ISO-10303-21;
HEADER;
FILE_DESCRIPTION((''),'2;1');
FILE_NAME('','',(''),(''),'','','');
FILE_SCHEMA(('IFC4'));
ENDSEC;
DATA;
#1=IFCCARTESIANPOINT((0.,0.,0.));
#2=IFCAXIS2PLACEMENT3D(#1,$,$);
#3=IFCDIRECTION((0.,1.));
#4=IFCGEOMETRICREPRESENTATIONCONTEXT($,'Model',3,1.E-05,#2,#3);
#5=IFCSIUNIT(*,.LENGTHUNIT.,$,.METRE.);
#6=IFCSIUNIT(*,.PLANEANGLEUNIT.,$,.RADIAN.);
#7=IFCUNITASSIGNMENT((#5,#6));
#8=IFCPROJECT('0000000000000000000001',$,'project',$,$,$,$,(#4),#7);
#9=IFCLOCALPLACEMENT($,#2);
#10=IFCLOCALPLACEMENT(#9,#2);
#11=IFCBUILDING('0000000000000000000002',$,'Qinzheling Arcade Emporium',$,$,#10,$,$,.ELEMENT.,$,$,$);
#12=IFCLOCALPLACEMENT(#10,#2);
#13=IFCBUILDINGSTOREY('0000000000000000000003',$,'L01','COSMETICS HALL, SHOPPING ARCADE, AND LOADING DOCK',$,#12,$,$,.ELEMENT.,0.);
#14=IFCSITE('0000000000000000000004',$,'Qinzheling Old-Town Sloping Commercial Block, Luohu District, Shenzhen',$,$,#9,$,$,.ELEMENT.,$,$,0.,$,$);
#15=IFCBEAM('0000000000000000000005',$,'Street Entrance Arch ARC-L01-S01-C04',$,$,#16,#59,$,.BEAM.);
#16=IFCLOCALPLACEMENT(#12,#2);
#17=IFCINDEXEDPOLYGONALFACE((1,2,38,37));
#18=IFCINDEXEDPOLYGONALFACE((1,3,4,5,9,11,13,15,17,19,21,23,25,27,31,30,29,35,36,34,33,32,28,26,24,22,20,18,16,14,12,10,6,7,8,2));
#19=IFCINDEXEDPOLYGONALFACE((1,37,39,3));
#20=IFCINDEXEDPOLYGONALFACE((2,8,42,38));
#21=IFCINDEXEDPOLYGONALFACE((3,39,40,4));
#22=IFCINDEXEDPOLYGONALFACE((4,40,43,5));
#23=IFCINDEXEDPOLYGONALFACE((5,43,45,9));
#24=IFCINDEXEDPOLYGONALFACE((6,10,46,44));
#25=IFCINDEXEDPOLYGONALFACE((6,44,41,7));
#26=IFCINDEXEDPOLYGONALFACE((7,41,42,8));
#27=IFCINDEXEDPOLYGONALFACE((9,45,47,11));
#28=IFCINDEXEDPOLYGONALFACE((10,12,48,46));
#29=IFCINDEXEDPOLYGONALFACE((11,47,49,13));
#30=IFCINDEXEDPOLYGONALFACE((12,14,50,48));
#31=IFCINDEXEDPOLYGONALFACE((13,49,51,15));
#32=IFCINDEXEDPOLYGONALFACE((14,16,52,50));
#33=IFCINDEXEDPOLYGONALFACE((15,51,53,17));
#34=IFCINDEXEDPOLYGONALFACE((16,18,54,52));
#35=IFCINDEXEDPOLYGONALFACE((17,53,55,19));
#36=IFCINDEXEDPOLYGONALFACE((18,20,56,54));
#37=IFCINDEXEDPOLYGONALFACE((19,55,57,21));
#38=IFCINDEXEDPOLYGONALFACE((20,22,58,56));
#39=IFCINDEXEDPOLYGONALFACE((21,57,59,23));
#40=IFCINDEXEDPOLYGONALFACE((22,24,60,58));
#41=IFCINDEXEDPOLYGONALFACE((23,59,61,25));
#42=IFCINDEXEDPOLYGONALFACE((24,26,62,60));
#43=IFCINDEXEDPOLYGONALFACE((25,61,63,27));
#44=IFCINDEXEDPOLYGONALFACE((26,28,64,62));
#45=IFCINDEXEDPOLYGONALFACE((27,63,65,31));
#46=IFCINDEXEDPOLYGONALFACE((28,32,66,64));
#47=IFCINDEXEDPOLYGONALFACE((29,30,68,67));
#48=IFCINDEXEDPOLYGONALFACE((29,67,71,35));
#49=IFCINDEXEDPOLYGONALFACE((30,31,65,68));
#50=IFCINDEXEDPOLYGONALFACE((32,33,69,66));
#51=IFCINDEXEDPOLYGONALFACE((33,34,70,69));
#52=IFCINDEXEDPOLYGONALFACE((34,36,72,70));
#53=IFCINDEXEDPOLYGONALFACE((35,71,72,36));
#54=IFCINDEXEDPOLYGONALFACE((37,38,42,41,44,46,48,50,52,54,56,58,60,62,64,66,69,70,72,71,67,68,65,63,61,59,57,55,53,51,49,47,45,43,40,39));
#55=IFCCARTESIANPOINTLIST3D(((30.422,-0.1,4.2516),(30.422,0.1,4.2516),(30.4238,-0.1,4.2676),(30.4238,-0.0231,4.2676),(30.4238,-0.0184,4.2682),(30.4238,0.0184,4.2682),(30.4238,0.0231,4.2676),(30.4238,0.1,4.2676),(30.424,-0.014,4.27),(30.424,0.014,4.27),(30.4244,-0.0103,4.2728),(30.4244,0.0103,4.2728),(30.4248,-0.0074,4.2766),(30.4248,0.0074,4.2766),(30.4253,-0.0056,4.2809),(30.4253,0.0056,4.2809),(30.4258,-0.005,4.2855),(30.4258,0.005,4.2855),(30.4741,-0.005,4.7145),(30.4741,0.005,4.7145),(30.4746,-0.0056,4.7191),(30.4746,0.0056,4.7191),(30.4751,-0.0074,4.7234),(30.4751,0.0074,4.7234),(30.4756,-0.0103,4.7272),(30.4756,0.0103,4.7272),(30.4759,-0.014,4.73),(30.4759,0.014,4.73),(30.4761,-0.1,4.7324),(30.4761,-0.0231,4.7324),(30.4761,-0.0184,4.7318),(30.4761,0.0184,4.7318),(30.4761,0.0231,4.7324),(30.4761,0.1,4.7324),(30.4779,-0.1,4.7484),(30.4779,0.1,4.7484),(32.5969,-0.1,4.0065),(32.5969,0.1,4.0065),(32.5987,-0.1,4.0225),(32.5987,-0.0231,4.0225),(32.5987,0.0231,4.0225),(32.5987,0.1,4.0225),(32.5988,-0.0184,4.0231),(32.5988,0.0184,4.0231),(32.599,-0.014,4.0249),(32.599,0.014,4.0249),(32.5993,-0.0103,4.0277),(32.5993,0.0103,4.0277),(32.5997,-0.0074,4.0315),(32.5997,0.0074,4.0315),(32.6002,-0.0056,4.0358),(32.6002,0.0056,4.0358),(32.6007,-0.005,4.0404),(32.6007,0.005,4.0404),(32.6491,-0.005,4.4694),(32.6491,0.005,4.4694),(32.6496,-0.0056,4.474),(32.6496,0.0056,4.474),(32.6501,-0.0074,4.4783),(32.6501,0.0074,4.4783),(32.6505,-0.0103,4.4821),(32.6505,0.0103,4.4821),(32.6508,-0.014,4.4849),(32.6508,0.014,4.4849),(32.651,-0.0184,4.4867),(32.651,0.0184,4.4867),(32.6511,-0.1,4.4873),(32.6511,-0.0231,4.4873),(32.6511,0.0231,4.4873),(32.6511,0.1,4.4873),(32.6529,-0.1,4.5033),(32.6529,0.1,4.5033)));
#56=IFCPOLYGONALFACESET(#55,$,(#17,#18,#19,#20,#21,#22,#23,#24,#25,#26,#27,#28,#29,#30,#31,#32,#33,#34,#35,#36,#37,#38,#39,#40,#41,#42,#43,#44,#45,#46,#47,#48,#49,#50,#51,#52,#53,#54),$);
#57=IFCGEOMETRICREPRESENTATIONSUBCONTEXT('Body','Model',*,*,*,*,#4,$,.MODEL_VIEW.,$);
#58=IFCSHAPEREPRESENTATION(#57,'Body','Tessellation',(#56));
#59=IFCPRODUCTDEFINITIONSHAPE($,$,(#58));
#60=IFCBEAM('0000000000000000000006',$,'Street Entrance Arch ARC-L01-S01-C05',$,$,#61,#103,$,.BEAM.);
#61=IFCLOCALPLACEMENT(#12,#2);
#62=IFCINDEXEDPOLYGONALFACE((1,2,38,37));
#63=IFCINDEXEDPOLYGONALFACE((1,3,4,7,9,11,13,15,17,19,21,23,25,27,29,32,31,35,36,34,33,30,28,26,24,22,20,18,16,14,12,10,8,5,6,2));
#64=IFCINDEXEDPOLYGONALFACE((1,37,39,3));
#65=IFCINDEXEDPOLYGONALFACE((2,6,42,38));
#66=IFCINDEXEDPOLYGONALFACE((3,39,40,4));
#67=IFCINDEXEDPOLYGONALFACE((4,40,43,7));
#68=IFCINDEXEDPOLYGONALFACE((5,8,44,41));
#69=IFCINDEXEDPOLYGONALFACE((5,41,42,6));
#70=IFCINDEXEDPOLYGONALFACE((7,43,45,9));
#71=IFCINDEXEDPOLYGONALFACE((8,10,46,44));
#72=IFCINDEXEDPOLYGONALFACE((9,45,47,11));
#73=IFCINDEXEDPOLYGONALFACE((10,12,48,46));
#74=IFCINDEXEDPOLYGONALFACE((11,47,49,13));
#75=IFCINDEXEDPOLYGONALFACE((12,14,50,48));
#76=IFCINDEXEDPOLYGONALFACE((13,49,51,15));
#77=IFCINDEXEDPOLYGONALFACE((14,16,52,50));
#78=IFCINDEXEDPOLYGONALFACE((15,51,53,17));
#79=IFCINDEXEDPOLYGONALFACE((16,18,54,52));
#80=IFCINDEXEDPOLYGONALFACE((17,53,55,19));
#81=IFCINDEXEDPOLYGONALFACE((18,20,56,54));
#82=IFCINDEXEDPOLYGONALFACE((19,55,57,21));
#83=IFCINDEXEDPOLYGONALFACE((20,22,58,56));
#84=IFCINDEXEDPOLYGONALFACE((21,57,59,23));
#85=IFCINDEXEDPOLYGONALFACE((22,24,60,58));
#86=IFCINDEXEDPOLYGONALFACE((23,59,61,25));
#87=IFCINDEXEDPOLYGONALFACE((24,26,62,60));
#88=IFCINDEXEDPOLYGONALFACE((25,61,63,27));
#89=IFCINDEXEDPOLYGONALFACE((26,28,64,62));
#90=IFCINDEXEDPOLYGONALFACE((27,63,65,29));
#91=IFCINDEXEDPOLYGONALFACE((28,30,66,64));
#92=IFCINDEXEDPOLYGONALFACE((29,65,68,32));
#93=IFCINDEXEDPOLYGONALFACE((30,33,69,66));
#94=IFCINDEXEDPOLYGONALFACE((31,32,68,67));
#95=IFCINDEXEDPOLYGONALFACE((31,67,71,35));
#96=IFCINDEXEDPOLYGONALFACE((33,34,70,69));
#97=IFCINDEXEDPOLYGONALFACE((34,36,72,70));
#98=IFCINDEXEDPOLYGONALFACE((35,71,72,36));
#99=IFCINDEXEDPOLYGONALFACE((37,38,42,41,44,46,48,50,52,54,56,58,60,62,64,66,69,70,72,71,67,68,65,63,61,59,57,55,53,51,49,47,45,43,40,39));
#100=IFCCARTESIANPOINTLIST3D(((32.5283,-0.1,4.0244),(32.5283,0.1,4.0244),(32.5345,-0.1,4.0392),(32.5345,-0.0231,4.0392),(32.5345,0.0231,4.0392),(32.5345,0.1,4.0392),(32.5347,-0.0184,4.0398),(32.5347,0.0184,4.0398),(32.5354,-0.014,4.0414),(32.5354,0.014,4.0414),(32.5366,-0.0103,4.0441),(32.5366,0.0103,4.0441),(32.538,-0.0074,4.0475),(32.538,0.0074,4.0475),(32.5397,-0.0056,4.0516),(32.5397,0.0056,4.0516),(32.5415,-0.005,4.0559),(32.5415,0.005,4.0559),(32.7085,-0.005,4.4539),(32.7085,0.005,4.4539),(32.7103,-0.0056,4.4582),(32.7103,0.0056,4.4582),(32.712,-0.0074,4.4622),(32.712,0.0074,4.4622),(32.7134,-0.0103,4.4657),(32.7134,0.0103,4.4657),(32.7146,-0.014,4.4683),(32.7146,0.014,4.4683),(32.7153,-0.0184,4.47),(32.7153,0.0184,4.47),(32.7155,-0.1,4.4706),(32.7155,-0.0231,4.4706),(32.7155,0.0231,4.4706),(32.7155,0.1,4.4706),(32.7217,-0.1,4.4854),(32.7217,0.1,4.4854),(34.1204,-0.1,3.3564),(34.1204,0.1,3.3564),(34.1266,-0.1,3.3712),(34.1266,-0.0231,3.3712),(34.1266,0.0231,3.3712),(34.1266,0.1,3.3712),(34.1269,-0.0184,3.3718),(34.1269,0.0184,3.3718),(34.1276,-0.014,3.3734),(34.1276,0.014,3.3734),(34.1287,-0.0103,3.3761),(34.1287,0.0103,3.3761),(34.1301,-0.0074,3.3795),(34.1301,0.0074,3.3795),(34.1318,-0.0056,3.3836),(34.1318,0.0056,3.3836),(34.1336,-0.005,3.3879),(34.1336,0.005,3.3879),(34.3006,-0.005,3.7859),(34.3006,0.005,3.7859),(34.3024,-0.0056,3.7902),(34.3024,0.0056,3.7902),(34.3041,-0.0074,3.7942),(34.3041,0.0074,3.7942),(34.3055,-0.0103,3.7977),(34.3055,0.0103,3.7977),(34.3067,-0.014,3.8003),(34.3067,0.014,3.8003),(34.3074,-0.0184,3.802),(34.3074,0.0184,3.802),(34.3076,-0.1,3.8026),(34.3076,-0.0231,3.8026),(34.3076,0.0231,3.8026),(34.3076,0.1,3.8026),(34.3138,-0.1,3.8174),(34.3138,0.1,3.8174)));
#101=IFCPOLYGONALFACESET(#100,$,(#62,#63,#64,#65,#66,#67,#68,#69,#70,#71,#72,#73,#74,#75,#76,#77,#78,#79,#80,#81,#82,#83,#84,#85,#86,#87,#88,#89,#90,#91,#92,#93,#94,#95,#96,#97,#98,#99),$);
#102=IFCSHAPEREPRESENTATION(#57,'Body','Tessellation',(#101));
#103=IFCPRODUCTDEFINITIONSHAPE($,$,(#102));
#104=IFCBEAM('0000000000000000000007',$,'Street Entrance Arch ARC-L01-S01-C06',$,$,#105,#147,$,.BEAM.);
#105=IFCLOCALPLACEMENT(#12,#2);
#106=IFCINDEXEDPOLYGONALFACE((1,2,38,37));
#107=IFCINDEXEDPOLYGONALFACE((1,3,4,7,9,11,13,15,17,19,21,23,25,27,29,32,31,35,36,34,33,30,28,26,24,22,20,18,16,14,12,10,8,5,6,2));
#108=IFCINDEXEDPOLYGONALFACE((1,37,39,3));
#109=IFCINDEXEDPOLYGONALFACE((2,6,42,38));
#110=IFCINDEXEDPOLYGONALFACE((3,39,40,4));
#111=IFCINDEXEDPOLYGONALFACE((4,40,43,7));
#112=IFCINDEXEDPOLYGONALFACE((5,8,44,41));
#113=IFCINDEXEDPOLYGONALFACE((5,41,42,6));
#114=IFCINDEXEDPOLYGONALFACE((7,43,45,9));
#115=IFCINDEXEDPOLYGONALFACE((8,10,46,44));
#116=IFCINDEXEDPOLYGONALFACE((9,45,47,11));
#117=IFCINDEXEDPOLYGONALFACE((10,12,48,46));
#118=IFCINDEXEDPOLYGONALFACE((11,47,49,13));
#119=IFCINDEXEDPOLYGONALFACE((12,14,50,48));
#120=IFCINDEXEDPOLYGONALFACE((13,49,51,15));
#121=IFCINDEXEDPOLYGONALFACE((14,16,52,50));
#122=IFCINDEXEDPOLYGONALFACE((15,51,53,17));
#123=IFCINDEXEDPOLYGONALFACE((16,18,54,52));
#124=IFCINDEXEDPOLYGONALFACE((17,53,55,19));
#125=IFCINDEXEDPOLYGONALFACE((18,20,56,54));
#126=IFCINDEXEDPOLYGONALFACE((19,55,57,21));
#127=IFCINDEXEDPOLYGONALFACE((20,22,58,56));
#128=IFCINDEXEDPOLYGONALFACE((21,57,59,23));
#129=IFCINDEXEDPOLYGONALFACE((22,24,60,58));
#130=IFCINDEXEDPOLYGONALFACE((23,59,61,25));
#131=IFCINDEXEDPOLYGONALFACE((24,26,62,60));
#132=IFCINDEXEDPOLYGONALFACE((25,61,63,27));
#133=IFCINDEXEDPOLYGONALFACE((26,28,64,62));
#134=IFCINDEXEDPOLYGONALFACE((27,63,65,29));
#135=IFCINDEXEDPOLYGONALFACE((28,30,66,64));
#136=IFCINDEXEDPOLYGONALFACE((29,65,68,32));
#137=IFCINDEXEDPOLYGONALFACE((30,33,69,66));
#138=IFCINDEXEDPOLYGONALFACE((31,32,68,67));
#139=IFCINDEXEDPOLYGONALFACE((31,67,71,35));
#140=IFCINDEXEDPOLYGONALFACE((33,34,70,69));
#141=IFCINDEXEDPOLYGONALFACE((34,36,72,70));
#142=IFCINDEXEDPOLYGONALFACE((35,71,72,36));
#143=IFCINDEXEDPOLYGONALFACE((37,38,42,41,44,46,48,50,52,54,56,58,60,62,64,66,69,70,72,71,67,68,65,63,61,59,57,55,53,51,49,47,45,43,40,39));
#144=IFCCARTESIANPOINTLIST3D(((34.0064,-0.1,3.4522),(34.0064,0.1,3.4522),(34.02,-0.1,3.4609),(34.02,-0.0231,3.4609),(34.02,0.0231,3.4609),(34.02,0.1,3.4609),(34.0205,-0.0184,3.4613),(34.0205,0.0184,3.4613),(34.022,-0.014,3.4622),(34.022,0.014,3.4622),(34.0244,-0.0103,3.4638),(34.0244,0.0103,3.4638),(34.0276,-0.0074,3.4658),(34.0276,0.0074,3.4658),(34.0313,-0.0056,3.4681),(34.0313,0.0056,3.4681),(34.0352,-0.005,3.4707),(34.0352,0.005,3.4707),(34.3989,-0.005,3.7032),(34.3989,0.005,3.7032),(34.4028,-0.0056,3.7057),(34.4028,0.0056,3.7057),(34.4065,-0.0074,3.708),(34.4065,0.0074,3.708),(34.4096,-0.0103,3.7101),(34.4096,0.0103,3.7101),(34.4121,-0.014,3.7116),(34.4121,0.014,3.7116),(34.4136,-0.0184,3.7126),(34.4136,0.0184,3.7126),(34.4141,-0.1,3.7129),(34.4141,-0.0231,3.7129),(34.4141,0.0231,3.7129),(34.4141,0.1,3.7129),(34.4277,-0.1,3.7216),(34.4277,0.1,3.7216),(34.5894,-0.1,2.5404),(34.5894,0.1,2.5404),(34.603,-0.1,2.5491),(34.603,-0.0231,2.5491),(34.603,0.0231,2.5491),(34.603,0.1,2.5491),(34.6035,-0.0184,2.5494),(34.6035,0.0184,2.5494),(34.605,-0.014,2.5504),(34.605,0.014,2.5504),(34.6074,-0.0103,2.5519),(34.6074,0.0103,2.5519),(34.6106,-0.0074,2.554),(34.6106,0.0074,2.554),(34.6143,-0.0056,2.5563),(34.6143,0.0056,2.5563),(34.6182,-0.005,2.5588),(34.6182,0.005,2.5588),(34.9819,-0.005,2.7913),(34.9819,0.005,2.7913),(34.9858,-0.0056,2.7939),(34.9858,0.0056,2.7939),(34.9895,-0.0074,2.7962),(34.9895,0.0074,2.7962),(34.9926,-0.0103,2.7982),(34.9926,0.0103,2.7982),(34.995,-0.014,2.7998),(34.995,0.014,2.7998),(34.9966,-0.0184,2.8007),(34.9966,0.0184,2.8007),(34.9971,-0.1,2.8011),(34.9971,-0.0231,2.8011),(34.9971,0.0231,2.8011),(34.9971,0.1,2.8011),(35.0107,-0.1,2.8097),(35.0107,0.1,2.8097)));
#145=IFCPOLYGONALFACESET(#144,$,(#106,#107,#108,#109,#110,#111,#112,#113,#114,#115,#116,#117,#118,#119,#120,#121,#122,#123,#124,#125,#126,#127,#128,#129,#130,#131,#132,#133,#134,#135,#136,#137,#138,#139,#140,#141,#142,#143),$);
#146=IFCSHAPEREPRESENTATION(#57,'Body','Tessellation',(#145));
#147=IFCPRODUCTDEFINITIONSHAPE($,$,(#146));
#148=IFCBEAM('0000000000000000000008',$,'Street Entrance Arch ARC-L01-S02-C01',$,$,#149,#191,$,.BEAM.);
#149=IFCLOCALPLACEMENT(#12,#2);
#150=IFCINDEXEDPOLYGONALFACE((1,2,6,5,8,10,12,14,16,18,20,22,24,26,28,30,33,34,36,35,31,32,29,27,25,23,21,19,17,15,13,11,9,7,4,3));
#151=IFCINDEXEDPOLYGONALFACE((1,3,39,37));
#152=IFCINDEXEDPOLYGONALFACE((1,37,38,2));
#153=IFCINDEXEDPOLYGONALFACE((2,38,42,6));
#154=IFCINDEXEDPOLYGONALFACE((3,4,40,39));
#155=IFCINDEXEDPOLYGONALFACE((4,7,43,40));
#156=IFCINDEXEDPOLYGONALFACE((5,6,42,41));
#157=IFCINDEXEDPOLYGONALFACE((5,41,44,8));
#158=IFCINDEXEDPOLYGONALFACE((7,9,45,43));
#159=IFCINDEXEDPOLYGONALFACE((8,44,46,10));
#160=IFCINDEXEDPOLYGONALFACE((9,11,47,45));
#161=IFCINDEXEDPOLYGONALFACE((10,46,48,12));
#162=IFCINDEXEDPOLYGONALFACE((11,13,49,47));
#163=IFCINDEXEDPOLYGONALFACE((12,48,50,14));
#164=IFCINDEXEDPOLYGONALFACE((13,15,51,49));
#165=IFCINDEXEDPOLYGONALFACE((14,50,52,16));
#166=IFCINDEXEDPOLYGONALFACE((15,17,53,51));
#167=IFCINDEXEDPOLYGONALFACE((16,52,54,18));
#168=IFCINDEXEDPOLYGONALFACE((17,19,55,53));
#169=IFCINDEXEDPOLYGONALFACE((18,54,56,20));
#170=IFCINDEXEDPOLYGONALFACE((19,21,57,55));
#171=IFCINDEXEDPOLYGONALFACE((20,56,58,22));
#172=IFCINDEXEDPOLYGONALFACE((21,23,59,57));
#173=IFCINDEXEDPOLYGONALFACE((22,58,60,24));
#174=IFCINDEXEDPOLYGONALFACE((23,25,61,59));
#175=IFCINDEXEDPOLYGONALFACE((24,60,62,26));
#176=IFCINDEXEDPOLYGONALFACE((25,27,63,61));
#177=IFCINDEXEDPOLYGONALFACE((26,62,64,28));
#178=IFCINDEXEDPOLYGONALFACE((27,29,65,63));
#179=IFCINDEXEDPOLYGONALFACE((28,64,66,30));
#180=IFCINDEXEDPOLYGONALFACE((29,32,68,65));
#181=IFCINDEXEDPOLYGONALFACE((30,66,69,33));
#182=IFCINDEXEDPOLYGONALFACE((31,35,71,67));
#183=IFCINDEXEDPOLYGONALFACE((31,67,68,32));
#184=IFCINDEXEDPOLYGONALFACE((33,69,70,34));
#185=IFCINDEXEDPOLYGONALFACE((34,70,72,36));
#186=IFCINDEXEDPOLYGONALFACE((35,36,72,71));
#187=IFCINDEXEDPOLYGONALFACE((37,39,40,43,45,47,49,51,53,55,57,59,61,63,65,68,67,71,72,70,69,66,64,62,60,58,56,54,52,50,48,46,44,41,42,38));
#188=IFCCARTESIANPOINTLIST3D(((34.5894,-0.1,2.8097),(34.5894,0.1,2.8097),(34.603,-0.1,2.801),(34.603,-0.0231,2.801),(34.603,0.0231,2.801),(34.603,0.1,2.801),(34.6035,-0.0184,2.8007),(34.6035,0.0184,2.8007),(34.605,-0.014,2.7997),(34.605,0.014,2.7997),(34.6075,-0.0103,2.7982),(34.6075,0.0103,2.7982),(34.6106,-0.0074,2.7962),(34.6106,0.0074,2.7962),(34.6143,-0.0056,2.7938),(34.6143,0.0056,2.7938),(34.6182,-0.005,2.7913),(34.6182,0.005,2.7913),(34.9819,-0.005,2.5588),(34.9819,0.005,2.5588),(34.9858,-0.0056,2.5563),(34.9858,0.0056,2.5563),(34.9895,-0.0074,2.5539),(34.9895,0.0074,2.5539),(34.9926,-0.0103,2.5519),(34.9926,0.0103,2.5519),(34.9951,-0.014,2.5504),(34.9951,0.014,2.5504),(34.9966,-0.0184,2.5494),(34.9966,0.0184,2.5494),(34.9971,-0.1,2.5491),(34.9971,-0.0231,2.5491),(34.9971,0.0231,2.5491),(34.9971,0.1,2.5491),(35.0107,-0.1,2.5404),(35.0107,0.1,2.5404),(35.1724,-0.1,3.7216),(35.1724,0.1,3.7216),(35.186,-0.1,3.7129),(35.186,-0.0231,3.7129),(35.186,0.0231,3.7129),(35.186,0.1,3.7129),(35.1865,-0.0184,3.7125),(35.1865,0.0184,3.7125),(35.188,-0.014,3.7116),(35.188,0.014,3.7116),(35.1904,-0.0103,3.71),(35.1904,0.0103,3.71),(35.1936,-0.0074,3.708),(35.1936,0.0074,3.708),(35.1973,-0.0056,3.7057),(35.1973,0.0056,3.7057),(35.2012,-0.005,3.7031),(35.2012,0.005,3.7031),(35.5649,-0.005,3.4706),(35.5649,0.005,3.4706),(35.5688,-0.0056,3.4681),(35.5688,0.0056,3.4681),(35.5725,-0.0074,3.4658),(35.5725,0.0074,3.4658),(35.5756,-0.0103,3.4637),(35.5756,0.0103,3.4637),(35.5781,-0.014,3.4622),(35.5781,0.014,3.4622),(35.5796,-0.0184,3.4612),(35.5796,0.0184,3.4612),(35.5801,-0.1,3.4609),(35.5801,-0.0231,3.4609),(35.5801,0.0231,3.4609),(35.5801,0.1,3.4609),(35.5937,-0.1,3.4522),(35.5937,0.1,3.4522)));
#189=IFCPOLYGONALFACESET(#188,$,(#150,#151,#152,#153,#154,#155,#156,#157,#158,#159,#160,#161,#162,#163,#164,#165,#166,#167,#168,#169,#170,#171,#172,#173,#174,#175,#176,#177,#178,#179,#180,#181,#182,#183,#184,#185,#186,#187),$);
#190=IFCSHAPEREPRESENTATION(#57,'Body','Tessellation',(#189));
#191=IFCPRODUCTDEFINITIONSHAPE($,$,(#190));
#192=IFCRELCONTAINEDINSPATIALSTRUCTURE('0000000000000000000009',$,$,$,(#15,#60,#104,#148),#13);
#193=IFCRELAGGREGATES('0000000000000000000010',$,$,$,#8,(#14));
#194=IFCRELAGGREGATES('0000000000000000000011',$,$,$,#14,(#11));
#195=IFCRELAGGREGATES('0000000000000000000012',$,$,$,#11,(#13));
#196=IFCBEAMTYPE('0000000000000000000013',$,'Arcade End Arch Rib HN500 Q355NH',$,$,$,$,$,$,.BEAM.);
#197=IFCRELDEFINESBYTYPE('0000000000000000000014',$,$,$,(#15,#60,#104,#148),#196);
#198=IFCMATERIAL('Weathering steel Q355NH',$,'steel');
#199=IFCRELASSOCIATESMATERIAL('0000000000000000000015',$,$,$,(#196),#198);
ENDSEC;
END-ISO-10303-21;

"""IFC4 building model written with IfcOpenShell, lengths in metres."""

from ifc_helpers import new_model, si_unit, direction, frame, origin, origin_2d, place, context, subcontext, project, spatial, i_section, extrude, material, material_profile, profile_set, type_object, element, save


model = new_model("IFC4")

# Units and contexts
model_context = context("Model", 3, precision=1e-05, world=origin(), true_north=direction((0.0, 1.0)))
body_context = subcontext(model_context, "Body", "Model", "MODEL_VIEW")
ifc_project = project(units=[si_unit("LENGTHUNIT", "METRE"), si_unit("PLANEANGLEUNIT", "RADIAN")], contexts=[model_context])

# Site, building, storey
site_placement = place(None, origin())
site = spatial("IfcSite", under=ifc_project, at=site_placement, Name="Qinzheling Old-Town Sloping Commercial Block, Luohu District, Shenzhen", CompositionType="ELEMENT", RefElevation=0.0)
building_placement = place(site_placement, origin())
building = spatial("IfcBuilding", under=site, at=building_placement, Name="Qinzheling Arcade Emporium", CompositionType="ELEMENT")
storey_placement = place(building_placement, origin())
storey = spatial("IfcBuildingStorey", under=building, at=storey_placement, Name="L01", Description="COSMETICS HALL, SHOPPING ARCADE, AND LOADING DOCK", CompositionType="ELEMENT", Elevation=0.0)

# Beams
ifc_material_1 = material(Name="Weathering steel Q355NH", Category="steel")
ifc_material_profile_1 = material_profile(ifc_material_1, i_section(OverallWidth=0.2, OverallDepth=0.5, WebThickness=0.01, FlangeThickness=0.0161, FilletRadius=0.0181, at=origin_2d()), Name="HN 500x200x10x16", Category="steel")
ifc_profile_set_1 = profile_set([ifc_material_profile_1], Name="Weathering steel Q355NH")
beam_type_1 = type_object("IfcBeamType", Name="Arcade End Arch Rib HN500 Q355NH", PredefinedType="BEAM", material=ifc_profile_set_1)
for number, where, z_axis, x_axis, name in (
    (1, (30.45, 0.0, 4.5), (0.99371, 0.0, -0.111986), (0.0, 1.0, 0.0), "Street Entrance Arch ARC-L01-S01-C04"),
):
    element("IfcBeam", number, at=place(storey_placement, frame(where, z_axis=z_axis, x_axis=x_axis)), inside=storey, type_object=beam_type_1, Name=name, PredefinedType="BEAM", context=body_context, shape_type="SweptSolid", body=[
        extrude(i_section(OverallWidth=0.2, OverallDepth=0.5, WebThickness=0.01, FlangeThickness=0.0161, FilletRadius=0.0181, at=origin_2d()), origin(), (0.0, 0.0, 1.0), 2.1887),
    ])
beam_1_placement = place(storey_placement, frame((32.625, 0.0, 4.2549), z_axis=(0.922124, 0.0, -0.386893), x_axis=(0.0, 1.0, 0.0)))
element("IfcBeam", 2, at=beam_1_placement, inside=storey, type_object=beam_type_1, Name="Street Entrance Arch ARC-L01-S01-C05", PredefinedType="BEAM", context=body_context, shape_type="SweptSolid", body=[
    extrude(i_section(OverallWidth=0.2, OverallDepth=0.5, WebThickness=0.01, FlangeThickness=0.0161, FilletRadius=0.0181, at=origin_2d()), origin(), (0.0, 0.0, 1.0), 1.7266),
])
for number, where, z_axis, x_axis, name in (
    (3, (34.217, 0.0, 3.5869), (0.53867, 0.0, -0.842517), (0.0, 1.0, 0.0), "Street Entrance Arch ARC-L01-S01-C06"),
    (4, (34.8, 0.0, 2.675), (0.53867, 0.0, 0.842517), (0.0, 1.0, 0.0), "Street Entrance Arch ARC-L01-S02-C01"),
):
    element("IfcBeam", number, at=place(storey_placement, frame(where, z_axis=z_axis, x_axis=x_axis)), inside=storey, type_object=beam_type_1, Name=name, PredefinedType="BEAM", context=body_context, shape_type="SweptSolid", body=[
        extrude(i_section(OverallWidth=0.2, OverallDepth=0.5, WebThickness=0.01, FlangeThickness=0.0161, FilletRadius=0.0181, at=origin_2d()), origin(), (0.0, 0.0, 1.0), 1.0823),
    ])

save(model, "model.ifc")
